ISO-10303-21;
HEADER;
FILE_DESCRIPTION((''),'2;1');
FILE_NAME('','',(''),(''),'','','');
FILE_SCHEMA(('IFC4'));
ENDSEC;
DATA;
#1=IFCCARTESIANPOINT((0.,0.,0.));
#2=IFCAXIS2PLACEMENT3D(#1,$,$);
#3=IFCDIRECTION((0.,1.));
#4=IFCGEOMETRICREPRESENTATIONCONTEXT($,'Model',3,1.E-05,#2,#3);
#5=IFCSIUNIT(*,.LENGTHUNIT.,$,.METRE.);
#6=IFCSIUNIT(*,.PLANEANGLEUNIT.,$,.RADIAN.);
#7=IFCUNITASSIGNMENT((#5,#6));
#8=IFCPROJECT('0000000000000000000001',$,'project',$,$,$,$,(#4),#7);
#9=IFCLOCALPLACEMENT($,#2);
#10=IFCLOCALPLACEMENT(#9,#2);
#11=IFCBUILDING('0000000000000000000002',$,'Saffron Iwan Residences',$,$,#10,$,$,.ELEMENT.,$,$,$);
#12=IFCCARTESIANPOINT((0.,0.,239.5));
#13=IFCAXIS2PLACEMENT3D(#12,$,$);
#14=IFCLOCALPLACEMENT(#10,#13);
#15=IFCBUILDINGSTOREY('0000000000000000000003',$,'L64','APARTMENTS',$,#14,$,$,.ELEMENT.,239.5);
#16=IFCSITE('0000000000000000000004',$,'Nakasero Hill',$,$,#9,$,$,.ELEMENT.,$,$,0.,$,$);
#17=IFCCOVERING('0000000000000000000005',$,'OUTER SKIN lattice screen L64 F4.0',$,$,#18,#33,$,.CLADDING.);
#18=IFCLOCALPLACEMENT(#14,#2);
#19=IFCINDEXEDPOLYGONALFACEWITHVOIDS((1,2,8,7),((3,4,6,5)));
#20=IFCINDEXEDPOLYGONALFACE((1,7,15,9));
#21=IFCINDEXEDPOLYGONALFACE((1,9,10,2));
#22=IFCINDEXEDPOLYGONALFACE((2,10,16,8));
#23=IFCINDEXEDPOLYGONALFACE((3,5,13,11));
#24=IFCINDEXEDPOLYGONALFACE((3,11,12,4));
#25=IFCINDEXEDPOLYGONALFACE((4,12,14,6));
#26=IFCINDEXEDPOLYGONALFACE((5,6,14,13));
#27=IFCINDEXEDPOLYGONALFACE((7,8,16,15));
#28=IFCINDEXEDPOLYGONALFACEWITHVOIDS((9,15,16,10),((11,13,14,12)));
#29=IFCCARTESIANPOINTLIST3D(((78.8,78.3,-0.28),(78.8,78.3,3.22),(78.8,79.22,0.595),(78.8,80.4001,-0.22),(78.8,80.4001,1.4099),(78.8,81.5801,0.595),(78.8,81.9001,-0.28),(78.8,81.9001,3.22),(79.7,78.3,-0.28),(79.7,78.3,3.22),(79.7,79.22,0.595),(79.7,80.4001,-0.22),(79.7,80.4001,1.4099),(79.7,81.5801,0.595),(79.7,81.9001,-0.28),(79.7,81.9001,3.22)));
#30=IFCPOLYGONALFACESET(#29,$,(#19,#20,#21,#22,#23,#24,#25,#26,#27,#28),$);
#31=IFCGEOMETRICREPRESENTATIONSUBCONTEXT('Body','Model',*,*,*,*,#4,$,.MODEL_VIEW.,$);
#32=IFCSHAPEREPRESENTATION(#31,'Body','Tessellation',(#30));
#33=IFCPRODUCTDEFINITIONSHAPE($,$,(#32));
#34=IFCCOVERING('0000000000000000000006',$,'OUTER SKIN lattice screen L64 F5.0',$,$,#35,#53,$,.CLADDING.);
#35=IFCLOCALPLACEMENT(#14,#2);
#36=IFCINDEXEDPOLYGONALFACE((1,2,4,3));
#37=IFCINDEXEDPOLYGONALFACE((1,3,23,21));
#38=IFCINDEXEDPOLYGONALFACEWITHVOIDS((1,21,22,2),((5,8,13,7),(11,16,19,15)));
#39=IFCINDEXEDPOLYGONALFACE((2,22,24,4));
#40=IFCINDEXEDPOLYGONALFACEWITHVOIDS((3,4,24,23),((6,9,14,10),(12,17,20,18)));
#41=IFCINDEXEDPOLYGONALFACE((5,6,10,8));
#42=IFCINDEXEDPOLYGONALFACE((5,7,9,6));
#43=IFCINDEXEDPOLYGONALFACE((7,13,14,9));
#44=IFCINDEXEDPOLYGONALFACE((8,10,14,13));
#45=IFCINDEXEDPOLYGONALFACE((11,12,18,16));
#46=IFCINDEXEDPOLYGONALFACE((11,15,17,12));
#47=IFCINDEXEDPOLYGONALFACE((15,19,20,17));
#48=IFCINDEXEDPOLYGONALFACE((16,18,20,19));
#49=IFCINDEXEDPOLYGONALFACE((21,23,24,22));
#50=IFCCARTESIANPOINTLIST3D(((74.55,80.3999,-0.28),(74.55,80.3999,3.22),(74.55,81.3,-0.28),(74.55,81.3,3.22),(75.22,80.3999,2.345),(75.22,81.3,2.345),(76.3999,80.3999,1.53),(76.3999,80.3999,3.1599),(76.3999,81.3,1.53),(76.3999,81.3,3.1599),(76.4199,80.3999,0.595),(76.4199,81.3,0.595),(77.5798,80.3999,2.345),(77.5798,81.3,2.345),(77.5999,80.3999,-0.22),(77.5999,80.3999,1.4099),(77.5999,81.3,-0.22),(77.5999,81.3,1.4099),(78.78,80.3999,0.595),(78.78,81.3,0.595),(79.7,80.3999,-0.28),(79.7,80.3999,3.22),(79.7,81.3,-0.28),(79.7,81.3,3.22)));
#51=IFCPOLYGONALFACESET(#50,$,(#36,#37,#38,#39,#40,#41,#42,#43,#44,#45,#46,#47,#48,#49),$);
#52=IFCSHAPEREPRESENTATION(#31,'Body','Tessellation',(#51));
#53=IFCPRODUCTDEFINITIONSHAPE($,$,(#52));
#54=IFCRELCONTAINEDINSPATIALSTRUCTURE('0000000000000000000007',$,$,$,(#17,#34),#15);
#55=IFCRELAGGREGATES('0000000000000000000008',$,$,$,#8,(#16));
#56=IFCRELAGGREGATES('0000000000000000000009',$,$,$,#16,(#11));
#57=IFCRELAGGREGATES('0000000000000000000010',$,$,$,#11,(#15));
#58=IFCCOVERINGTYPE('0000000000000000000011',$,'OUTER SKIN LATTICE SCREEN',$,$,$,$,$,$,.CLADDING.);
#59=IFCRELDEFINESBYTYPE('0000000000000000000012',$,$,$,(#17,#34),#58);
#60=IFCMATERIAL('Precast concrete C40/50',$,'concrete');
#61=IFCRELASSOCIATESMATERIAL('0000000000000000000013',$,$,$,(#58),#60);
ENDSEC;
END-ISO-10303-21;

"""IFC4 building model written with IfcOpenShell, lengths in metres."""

from ifc_helpers import new_model, si_unit, direction, frame, origin, place, context, subcontext, project, spatial, polyline, outline, extrude, material, type_object, element, save


model = new_model("IFC4")

# Units and contexts
model_context = context("Model", 3, precision=1e-05, world=origin(), true_north=direction((0.0, 1.0)))
body_context = subcontext(model_context, "Body", "Model", "MODEL_VIEW")
ifc_project = project(units=[si_unit("LENGTHUNIT", "METRE"), si_unit("PLANEANGLEUNIT", "RADIAN")], contexts=[model_context])

# Site, building, storey
site_placement = place(None, origin())
site = spatial("IfcSite", under=ifc_project, at=site_placement, Name="Nakasero Hill", CompositionType="ELEMENT", RefElevation=0.0)
building_placement = place(site_placement, origin())
building = spatial("IfcBuilding", under=site, at=building_placement, Name="Saffron Iwan Residences", CompositionType="ELEMENT")
storey_placement = place(building_placement, frame((0.0, 0.0, 239.5)))
storey = spatial("IfcBuildingStorey", under=building, at=storey_placement, Name="L64", Description="APARTMENTS", CompositionType="ELEMENT", Elevation=239.5)

# Coverings
ifc_material_1 = material(Name="Precast concrete C40/50", Category="concrete")
covering_type = type_object("IfcCoveringType", Name="OUTER SKIN LATTICE SCREEN", PredefinedType="CLADDING", material=ifc_material_1)
for number, where, z_axis, x_axis, name in (
    (1, (78.8, 78.3, -0.28), (1.0, 0.0, 0.0), (0.0, 1.0, 0.0), "OUTER SKIN lattice screen L64 F4.0"),
):
    element("IfcCovering", number, at=place(storey_placement, frame(where, z_axis=z_axis, x_axis=x_axis)), inside=storey, type_object=covering_type, Name=name, PredefinedType="CLADDING", context=body_context, shape_type="SweptSolid", body=[
        extrude(outline(polyline([(0.0, 0.0), (3.6001, 0.0), (3.6001, 3.5), (0.0, 3.5), (0.0, 0.0)]), holes=[polyline([(0.9199, 0.875), (2.1001, 0.0601), (3.28, 0.875), (2.1001, 1.6899), (0.9199, 0.875)])]), origin(), (0.0, 0.0, 1.0), 0.8999),
    ])
covering_1_placement = place(storey_placement, frame((79.7, 80.3999, -0.28), z_axis=(0.0, 1.0, 0.0), x_axis=(-1.0, 0.0, 0.0)))
element("IfcCovering", 2, at=covering_1_placement, inside=storey, type_object=covering_type, Name="OUTER SKIN lattice screen L64 F5.0", PredefinedType="CLADDING", context=body_context, shape_type="SweptSolid", body=[
    extrude(outline(polyline([(0.0, 0.0), (5.1499, 0.0), (5.1499, 3.5), (0.0, 3.5), (0.0, 0.0)]), holes=[polyline([(0.9199, 0.875), (2.1001, 0.0601), (3.28, 0.875), (2.1001, 1.6899), (0.9199, 0.875)]), polyline([(2.1201, 2.625), (3.3, 1.8101), (4.48, 2.625), (3.3, 3.4399), (2.1201, 2.625)])]), origin(), (0.0, 0.0, 1.0), 0.9001),
])

save(model, "model.ifc")
